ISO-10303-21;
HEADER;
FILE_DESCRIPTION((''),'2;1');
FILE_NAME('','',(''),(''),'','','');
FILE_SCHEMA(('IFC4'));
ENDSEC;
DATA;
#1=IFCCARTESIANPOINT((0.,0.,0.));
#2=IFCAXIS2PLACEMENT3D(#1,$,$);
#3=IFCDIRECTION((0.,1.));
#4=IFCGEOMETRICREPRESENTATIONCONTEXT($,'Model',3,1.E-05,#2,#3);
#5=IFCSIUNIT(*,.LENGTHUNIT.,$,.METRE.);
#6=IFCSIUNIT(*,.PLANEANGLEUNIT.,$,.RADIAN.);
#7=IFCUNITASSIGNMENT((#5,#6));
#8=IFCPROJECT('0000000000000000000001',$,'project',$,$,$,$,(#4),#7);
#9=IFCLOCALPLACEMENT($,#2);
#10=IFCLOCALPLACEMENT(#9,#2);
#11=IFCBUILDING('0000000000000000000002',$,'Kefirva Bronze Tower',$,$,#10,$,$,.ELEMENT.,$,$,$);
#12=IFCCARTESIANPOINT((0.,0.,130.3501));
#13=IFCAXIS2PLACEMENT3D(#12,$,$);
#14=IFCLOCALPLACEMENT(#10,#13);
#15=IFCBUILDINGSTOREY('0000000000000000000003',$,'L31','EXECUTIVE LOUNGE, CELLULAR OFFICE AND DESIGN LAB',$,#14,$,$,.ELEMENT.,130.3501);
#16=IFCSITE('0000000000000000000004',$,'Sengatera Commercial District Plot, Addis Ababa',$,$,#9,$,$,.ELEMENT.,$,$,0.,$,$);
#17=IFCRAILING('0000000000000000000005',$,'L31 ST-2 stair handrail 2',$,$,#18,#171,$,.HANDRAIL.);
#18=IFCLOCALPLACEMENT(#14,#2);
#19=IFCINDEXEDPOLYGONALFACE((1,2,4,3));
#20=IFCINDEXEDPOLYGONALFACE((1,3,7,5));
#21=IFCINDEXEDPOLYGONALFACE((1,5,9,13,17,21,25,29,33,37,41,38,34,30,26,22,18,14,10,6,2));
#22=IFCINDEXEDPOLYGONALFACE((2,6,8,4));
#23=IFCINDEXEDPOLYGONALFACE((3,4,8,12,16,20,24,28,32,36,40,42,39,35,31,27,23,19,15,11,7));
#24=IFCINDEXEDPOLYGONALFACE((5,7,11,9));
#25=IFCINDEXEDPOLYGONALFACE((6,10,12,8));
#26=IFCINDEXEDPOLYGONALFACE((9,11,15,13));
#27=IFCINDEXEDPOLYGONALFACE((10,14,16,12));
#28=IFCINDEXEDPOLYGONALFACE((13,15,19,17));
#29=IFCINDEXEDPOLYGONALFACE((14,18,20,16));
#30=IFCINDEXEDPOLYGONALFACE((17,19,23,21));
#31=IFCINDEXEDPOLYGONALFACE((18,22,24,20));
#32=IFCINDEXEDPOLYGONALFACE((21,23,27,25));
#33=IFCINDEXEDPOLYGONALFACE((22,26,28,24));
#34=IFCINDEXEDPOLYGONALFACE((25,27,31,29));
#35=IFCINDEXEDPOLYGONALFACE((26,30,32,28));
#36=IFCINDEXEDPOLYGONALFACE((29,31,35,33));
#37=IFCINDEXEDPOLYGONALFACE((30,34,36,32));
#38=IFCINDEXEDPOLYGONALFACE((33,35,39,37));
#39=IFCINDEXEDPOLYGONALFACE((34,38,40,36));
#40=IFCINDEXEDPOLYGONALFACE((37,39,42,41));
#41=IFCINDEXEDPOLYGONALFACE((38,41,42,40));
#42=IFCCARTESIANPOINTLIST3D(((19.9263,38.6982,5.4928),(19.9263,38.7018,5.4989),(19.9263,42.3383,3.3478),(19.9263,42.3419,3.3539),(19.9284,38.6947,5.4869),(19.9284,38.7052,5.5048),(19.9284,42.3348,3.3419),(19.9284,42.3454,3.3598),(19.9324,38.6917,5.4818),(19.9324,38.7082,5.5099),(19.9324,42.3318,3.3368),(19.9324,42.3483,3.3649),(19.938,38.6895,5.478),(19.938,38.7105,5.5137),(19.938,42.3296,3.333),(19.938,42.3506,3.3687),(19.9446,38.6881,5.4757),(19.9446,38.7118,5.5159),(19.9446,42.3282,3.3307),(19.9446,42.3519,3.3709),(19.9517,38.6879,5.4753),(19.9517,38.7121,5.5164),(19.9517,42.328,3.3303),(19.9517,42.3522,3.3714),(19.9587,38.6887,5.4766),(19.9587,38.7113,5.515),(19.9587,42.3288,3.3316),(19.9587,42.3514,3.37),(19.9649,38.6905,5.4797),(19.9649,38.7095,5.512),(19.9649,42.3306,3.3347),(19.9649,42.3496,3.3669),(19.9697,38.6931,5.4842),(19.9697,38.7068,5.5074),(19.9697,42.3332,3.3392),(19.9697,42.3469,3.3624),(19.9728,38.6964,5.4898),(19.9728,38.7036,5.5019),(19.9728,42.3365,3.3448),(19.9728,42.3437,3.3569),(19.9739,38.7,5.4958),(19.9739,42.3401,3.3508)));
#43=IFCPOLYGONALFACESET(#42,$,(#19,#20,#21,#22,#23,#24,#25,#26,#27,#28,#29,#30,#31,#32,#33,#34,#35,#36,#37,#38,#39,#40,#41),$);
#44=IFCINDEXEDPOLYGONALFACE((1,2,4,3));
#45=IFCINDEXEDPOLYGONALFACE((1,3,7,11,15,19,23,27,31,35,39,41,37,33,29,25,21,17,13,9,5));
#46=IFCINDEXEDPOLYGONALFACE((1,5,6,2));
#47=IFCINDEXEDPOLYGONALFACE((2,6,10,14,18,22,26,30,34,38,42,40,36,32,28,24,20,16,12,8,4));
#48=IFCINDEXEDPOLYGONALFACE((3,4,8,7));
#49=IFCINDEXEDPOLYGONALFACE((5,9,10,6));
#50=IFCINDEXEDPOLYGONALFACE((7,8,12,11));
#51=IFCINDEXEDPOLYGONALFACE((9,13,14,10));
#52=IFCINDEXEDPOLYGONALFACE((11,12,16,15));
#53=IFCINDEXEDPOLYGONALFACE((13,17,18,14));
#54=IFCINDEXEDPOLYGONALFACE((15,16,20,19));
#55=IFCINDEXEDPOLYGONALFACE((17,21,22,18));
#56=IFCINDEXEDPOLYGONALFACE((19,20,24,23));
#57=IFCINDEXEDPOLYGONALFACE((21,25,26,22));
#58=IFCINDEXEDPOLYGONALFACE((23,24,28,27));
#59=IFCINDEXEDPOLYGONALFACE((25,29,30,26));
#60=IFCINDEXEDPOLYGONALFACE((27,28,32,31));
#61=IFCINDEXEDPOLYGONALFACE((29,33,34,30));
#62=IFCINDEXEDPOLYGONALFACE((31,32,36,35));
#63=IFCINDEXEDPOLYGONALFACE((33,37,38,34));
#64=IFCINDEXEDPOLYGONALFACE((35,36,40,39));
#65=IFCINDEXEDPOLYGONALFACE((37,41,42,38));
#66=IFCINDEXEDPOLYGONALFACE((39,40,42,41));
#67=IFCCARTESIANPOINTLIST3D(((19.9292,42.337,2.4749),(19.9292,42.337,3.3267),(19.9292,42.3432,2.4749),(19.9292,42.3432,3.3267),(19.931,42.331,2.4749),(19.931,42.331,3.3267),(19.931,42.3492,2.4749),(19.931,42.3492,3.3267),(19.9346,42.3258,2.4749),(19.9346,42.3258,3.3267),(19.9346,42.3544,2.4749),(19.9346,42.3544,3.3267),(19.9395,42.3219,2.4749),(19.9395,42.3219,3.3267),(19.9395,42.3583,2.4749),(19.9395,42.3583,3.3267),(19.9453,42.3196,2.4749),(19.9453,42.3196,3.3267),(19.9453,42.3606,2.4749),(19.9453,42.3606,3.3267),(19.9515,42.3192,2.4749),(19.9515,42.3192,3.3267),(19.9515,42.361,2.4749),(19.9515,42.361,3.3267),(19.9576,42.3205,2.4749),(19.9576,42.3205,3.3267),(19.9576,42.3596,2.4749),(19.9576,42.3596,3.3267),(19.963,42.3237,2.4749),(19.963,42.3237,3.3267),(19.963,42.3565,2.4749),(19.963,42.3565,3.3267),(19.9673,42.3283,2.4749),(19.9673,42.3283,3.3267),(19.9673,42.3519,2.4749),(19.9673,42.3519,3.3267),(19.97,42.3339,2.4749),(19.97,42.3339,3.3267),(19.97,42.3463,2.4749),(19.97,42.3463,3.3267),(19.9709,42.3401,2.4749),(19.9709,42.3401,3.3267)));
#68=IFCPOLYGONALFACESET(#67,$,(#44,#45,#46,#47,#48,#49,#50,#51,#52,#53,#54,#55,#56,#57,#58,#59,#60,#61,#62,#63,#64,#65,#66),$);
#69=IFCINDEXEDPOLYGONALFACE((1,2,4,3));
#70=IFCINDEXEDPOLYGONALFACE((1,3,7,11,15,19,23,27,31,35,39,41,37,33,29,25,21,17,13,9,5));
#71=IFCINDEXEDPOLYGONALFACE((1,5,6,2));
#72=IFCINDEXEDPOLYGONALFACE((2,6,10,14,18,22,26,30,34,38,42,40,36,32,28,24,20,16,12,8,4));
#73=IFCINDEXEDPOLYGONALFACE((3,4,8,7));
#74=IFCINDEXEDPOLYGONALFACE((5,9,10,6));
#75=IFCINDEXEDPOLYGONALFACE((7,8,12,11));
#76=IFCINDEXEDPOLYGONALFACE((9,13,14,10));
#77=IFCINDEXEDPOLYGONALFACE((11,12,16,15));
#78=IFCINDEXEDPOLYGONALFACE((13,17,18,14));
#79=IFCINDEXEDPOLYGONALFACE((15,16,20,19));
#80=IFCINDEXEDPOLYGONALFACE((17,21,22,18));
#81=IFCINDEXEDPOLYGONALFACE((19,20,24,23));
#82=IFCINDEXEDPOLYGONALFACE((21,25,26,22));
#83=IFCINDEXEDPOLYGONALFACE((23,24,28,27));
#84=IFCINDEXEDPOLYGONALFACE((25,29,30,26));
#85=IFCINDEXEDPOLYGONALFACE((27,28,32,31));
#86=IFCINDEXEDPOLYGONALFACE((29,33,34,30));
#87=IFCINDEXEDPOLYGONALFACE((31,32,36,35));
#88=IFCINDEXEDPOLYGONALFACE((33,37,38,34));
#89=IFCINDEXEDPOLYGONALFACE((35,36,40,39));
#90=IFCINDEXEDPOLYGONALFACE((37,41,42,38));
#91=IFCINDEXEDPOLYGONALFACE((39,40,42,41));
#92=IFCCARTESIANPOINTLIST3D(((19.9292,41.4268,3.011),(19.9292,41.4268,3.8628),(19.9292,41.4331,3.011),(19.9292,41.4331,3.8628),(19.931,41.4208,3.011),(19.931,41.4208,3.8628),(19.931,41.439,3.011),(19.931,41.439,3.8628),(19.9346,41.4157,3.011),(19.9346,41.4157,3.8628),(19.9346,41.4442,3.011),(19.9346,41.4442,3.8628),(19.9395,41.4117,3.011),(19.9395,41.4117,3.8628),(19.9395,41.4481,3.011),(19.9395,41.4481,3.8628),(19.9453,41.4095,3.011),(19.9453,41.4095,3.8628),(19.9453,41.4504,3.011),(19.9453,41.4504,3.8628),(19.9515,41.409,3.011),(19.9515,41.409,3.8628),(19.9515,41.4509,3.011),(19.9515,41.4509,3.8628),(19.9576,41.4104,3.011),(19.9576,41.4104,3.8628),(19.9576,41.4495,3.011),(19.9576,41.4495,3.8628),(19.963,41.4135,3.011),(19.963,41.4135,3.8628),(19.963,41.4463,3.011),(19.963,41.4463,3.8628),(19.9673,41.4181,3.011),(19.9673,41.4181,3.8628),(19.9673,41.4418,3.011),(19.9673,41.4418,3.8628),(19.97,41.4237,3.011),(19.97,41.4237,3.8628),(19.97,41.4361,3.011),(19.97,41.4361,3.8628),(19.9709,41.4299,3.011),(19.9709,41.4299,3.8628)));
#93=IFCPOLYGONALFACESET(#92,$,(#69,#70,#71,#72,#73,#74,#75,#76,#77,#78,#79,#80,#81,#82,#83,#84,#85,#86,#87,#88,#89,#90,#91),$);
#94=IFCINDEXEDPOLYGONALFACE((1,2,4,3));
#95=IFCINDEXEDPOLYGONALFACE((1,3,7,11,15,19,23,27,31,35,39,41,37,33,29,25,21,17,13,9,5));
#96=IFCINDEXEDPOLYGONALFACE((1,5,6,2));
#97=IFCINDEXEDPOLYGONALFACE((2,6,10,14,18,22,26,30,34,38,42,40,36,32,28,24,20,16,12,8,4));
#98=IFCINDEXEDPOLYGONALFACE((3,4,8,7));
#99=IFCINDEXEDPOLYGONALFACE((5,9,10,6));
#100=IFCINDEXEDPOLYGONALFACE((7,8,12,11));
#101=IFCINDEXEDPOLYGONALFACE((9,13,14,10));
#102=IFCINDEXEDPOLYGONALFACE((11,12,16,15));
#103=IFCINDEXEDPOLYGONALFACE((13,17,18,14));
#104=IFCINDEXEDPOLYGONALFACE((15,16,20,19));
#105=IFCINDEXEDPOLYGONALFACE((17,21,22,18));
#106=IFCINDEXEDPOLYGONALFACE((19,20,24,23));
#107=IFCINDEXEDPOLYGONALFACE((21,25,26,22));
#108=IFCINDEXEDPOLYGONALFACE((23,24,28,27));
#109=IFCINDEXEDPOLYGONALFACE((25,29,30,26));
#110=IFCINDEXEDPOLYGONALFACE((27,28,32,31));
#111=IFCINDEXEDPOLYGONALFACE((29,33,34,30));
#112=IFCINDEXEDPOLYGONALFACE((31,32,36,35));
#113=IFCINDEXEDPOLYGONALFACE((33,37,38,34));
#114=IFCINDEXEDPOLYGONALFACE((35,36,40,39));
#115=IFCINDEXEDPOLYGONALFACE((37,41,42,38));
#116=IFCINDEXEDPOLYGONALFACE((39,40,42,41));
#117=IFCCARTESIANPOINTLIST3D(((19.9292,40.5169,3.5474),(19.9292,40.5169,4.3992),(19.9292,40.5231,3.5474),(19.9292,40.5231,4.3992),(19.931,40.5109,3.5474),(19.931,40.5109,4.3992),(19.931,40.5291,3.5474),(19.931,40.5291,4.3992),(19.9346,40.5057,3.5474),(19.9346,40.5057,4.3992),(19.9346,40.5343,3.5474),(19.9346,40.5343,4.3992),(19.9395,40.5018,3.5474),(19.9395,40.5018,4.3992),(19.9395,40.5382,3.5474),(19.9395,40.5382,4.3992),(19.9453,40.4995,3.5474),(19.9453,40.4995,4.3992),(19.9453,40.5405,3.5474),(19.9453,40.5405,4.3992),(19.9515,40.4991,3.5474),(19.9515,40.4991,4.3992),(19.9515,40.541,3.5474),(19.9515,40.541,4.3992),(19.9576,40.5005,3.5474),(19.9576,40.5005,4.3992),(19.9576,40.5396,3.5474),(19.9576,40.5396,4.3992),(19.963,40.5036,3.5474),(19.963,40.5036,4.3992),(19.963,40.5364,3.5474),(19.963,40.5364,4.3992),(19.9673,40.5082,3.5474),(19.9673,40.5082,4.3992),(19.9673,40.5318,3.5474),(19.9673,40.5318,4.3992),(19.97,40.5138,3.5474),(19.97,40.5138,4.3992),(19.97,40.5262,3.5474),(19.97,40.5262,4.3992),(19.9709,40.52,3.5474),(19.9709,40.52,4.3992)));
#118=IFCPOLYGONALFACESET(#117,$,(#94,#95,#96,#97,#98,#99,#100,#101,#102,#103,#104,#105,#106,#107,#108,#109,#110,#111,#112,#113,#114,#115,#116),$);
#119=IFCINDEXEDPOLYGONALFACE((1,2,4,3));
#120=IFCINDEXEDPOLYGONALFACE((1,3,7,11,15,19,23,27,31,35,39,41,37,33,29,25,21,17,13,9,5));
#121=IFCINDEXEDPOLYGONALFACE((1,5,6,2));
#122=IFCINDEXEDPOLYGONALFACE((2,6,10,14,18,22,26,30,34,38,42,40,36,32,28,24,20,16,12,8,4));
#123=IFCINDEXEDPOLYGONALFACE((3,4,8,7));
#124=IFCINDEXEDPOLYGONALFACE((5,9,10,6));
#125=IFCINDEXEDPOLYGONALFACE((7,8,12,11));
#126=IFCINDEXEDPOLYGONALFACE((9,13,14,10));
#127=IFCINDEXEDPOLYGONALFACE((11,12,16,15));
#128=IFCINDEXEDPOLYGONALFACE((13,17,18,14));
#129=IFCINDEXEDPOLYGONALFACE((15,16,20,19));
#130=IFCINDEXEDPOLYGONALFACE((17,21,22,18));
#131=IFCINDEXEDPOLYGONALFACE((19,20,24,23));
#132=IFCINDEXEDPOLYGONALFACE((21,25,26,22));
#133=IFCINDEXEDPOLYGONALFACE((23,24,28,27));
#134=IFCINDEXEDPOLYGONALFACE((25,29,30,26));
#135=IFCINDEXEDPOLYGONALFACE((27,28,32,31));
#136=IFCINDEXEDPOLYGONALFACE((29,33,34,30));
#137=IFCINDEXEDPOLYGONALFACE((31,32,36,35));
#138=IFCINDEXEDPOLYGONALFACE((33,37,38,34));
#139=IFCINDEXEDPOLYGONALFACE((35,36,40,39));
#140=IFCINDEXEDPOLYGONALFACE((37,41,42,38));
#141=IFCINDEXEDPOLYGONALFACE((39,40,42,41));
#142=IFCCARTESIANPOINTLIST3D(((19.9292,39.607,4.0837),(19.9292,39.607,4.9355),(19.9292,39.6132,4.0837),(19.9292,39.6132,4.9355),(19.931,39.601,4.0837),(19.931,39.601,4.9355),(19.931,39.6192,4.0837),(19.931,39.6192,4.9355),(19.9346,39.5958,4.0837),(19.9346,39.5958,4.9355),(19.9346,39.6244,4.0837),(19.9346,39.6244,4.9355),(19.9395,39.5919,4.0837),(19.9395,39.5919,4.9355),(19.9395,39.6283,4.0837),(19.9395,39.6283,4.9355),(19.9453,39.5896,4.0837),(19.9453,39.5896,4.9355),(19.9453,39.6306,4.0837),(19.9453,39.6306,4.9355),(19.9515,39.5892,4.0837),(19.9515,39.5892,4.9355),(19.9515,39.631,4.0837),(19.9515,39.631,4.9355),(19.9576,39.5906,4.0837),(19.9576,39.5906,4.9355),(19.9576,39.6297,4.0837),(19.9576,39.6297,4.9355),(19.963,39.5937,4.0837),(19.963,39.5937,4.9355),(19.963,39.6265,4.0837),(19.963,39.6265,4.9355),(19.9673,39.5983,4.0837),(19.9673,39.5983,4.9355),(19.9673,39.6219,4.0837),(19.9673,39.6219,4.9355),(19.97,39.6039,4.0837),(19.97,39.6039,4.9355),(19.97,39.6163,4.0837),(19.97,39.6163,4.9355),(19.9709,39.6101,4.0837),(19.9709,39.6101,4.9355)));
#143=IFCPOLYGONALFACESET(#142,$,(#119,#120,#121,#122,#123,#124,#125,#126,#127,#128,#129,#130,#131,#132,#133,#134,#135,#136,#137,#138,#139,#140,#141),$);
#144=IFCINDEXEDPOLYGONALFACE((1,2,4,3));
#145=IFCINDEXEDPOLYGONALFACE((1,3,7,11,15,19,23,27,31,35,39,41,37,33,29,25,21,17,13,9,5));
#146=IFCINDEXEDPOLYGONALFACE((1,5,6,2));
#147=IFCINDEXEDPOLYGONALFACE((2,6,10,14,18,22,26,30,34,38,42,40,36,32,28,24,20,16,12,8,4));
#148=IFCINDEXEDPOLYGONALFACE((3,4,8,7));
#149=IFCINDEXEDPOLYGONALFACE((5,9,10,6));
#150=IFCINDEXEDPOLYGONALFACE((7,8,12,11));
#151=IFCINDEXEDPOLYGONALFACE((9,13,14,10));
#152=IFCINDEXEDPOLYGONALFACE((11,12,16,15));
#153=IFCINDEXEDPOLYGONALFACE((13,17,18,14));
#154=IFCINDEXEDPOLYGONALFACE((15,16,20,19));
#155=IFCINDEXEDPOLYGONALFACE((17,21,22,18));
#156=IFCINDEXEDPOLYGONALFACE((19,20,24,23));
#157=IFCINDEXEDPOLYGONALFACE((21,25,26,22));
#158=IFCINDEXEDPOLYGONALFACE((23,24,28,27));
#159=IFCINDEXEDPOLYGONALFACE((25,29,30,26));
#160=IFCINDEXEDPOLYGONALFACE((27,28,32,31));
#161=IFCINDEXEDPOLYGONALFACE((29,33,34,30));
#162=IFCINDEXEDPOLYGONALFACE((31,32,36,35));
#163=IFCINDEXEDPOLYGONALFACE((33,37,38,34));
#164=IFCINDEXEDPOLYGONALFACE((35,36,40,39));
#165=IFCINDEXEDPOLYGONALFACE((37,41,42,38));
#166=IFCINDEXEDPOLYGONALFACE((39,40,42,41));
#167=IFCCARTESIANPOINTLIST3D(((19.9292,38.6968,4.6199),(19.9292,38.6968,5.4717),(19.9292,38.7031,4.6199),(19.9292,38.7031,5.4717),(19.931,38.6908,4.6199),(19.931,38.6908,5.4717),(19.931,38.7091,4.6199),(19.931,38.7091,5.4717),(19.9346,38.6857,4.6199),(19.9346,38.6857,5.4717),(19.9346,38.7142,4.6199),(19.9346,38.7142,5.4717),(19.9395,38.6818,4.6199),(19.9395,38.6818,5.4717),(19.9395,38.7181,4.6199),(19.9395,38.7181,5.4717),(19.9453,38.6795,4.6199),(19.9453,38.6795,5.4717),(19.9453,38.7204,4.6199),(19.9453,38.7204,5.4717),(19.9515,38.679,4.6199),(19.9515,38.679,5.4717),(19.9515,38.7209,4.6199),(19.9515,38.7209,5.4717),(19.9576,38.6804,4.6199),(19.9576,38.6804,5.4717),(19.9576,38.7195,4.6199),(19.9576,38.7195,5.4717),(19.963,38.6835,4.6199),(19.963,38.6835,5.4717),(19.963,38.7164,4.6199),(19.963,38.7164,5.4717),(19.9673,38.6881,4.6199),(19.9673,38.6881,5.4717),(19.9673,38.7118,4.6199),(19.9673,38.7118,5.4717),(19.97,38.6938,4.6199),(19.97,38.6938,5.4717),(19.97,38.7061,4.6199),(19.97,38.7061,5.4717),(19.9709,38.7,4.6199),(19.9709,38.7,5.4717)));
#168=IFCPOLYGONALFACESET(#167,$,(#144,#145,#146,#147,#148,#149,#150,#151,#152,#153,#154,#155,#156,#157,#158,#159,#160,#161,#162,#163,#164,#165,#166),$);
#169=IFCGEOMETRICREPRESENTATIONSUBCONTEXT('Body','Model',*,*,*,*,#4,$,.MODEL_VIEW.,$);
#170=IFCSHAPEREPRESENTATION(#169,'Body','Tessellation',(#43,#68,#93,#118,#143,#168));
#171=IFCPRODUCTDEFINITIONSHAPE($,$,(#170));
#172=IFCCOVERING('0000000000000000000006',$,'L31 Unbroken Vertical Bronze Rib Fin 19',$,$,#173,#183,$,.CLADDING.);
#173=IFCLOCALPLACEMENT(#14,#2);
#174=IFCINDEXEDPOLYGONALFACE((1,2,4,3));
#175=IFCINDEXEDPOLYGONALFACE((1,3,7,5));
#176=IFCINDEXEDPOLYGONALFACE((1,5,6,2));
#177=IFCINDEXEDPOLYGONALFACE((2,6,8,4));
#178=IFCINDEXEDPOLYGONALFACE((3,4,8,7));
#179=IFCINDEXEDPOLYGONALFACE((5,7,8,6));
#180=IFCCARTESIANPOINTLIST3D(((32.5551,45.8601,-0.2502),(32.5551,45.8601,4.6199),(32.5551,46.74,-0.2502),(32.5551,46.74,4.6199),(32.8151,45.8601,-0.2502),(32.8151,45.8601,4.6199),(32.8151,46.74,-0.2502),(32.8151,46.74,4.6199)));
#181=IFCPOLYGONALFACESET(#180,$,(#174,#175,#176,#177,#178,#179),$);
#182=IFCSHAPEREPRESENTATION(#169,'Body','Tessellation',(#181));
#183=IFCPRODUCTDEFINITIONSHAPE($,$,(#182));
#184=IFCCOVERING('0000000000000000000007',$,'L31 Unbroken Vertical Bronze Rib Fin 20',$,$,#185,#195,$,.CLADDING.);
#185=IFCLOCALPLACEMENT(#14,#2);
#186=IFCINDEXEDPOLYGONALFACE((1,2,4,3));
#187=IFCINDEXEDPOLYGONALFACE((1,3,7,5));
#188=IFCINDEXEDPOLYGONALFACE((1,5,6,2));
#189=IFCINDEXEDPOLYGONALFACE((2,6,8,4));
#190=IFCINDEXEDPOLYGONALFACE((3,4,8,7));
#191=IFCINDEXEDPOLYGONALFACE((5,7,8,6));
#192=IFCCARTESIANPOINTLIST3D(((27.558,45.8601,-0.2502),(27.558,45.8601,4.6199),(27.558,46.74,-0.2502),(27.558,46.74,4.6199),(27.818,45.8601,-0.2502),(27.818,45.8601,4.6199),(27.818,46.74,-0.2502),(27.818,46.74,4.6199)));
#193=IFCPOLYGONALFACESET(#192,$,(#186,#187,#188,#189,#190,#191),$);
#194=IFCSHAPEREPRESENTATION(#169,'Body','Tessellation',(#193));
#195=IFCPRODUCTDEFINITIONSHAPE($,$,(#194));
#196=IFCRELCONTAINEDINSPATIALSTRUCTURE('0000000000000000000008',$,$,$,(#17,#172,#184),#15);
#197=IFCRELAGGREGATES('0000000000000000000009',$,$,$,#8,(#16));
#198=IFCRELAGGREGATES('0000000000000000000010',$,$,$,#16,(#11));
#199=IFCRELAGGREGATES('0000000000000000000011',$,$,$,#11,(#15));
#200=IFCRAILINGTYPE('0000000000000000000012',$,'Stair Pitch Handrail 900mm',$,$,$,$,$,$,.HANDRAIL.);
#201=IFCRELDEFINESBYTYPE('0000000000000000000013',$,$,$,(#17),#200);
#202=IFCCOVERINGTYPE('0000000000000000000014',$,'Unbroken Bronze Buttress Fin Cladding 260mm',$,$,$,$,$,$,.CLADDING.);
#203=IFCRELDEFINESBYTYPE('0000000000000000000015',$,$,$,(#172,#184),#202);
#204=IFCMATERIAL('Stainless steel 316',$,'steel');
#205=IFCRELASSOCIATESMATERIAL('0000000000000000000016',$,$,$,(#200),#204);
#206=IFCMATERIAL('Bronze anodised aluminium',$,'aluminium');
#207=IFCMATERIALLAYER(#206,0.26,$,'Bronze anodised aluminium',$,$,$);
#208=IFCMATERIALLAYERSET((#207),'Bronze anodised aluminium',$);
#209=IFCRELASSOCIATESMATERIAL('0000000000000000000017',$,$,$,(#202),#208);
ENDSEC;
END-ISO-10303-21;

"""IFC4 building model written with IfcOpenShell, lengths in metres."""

from ifc_helpers import new_model, si_unit, direction, frame, origin, origin_2d, place, context, subcontext, project, spatial, rectangle, circle, extrude, material, layer, layer_set, type_object, element, save


model = new_model("IFC4")

# Units and contexts
model_context = context("Model", 3, precision=1e-05, world=origin(), true_north=direction((0.0, 1.0)))
body_context = subcontext(model_context, "Body", "Model", "MODEL_VIEW")
ifc_project = project(units=[si_unit("LENGTHUNIT", "METRE"), si_unit("PLANEANGLEUNIT", "RADIAN")], contexts=[model_context])

# Site, building, storey
site_placement = place(None, origin())
site = spatial("IfcSite", under=ifc_project, at=site_placement, Name="Sengatera Commercial District Plot, Addis Ababa", CompositionType="ELEMENT", RefElevation=0.0)
building_placement = place(site_placement, origin())
building = spatial("IfcBuilding", under=site, at=building_placement, Name="Kefirva Bronze Tower", CompositionType="ELEMENT")
storey_placement = place(building_placement, frame((0.0, 0.0, 130.3501)))
storey = spatial("IfcBuildingStorey", under=building, at=storey_placement, Name="L31", Description="EXECUTIVE LOUNGE, CELLULAR OFFICE AND DESIGN LAB", CompositionType="ELEMENT", Elevation=130.3501)

# Shared definitions
ifc_material_1 = material(Name="Bronze anodised aluminium", Category="aluminium")

# Railing
ifc_material_2 = material(Name="Stainless steel 316", Category="steel")
railing_type_1 = type_object("IfcRailingType", Name="Stair Pitch Handrail 900mm", PredefinedType="HANDRAIL", material=ifc_material_2)
railing_1_placement = place(storey_placement, frame((19.95, 42.3401, 2.4749)))
element("IfcRailing", 1, at=railing_1_placement, inside=storey, type_object=railing_type_1, Name="L31 ST-2 stair handrail 2", PredefinedType="HANDRAIL", context=body_context, shape_type="SweptSolid", body=[
    extrude(circle(Radius=0.0239, at=origin_2d()), frame((0.0, 0.0, 0.876), z_axis=(0.0, -0.861545, 0.507682), x_axis=(1.0, 0.0, 0.0)), (0.0, 0.0, 1.0), 4.2251),
    extrude(circle(Radius=0.021, at=origin_2d()), origin(), (0.0, 0.0, 1.0), 0.8518),
    extrude(circle(Radius=0.021, at=origin_2d()), frame((0.0, -0.9102, 0.5361)), (0.0, 0.0, 1.0), 0.8518),
    extrude(circle(Radius=0.021, at=origin_2d()), frame((0.0, -1.8201, 1.0725)), (0.0, 0.0, 1.0), 0.8518),
    extrude(circle(Radius=0.021, at=origin_2d()), frame((0.0, -2.73, 1.6089)), (0.0, 0.0, 1.0), 0.8518),
    extrude(circle(Radius=0.021, at=origin_2d()), frame((0.0, -3.6401, 2.145)), (0.0, 0.0, 1.0), 0.8518),
])

# Coverings
ifc_layer_1 = layer(ifc_material_1, 0.26, Name="Bronze anodised aluminium")
ifc_layer_set_1 = layer_set([ifc_layer_1], Name="Bronze anodised aluminium")
covering_type_1 = type_object("IfcCoveringType", Name="Unbroken Bronze Buttress Fin Cladding 260mm", PredefinedType="CLADDING", material=ifc_layer_set_1)
for number, where, z_axis, x_axis, name in (
    (2, (32.6851, 46.3, -0.2502), (0.0, 0.0, 1.0), (-1.0, 0.0, 0.0), "L31 Unbroken Vertical Bronze Rib Fin 19"),
    (3, (27.688, 46.3, -0.2502), (0.0, 0.0, 1.0), (-1.0, 0.0, 0.0), "L31 Unbroken Vertical Bronze Rib Fin 20"),
):
    element("IfcCovering", number, at=place(storey_placement, frame(where, z_axis=z_axis, x_axis=x_axis)), inside=storey, type_object=covering_type_1, Name=name, PredefinedType="CLADDING", context=body_context, shape_type="SweptSolid", body=[
        extrude(rectangle(XDim=0.26, YDim=0.8799, at=origin_2d()), origin(), (0.0, 0.0, 1.0), 4.8701),
    ])

save(model, "model.ifc")
